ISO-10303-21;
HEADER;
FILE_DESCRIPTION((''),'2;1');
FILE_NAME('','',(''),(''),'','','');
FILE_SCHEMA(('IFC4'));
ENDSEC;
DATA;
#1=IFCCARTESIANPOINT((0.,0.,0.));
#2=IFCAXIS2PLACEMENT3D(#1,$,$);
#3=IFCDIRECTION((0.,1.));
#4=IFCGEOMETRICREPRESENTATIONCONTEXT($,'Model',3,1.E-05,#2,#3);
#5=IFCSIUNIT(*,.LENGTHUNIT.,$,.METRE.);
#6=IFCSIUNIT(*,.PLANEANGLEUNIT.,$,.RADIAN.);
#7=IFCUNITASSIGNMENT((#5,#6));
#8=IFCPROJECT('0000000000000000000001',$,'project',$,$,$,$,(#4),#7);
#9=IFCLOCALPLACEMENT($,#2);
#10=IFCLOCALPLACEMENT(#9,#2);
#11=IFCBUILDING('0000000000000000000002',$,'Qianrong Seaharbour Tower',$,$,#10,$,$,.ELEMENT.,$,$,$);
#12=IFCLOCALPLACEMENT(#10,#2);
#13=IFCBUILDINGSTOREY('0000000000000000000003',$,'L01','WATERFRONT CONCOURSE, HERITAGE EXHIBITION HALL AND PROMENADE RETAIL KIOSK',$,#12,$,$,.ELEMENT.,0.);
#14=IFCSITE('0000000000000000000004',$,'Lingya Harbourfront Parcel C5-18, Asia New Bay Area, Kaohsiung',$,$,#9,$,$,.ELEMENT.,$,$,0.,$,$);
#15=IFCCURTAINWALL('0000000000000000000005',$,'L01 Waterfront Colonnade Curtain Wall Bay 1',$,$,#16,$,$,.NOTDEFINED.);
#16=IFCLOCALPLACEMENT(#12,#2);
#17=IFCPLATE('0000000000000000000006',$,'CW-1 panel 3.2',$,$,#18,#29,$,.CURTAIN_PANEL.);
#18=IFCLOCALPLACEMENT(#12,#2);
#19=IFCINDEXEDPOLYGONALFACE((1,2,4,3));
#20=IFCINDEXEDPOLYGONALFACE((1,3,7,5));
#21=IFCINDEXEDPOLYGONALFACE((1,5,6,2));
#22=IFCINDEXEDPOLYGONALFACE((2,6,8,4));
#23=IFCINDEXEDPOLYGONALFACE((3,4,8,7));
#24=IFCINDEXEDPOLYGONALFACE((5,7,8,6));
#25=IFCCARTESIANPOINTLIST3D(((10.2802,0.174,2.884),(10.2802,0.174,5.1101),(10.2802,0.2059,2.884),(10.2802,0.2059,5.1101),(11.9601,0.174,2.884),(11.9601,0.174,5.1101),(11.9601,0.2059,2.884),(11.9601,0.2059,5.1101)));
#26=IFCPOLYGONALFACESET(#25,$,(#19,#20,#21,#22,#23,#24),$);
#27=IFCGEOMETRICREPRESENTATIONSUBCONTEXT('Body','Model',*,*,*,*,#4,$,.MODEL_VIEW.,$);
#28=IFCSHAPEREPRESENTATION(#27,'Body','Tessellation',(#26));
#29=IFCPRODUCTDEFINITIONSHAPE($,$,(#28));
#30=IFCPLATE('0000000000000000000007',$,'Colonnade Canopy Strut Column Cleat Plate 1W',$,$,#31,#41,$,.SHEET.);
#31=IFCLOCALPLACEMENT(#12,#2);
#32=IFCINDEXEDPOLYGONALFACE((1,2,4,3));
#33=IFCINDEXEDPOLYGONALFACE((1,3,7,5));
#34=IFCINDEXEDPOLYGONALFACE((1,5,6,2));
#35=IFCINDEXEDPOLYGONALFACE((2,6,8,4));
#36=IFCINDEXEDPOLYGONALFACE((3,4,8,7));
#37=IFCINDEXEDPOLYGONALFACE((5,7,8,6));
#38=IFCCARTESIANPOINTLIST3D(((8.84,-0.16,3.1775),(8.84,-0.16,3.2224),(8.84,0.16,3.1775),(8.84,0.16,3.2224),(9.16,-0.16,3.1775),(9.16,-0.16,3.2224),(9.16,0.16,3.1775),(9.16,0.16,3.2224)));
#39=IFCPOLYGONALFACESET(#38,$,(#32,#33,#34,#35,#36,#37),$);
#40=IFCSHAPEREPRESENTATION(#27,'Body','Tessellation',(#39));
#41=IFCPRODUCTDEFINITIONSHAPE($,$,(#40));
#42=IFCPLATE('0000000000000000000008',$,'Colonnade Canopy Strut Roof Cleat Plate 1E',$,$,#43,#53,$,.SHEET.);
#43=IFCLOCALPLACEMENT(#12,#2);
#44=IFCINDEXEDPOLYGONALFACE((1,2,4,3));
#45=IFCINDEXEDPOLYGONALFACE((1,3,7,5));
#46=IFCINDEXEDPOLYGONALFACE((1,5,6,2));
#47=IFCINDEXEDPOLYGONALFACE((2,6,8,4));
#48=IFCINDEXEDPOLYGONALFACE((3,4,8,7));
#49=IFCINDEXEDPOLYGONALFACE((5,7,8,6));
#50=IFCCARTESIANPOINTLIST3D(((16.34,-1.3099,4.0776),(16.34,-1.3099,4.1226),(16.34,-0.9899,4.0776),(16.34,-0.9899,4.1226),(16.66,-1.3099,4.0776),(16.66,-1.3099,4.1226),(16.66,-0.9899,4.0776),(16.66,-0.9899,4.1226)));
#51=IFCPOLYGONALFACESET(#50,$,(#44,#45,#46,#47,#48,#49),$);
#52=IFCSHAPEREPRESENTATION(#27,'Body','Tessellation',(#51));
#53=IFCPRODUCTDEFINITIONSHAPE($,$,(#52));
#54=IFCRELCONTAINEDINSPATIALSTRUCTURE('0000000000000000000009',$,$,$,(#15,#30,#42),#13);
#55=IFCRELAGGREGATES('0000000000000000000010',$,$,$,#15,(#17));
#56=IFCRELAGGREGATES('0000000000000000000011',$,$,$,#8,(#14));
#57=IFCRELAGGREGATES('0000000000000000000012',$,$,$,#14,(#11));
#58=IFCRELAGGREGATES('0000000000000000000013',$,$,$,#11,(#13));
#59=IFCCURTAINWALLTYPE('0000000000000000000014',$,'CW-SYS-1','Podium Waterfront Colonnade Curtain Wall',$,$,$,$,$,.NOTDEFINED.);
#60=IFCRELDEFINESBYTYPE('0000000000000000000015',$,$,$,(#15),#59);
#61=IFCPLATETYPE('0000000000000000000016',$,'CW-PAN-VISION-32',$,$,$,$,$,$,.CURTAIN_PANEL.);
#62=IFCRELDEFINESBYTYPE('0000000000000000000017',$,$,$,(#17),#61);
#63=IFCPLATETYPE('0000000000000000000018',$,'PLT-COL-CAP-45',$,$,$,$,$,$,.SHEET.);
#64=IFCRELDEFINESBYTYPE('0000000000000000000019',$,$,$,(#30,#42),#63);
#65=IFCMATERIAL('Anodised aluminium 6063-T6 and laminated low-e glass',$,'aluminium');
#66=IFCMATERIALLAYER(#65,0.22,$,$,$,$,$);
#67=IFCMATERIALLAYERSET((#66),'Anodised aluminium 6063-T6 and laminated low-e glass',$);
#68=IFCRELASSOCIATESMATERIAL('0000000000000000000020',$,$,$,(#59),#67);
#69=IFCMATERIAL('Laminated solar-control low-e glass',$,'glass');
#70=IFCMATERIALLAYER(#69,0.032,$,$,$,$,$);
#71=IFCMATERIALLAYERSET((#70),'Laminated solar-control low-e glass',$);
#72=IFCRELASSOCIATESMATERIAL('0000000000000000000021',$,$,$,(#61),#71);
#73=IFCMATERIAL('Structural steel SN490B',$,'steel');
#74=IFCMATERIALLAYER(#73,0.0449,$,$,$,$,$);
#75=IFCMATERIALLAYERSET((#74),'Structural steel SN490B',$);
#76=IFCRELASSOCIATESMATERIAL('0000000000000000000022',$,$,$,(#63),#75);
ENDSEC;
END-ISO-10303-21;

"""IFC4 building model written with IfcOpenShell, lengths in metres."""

from ifc_helpers import new_model, si_unit, direction, frame, origin, origin_2d, place, context, subcontext, project, spatial, rectangle, extrude, material, layer, layer_set, type_object, element, aggregate, save


model = new_model("IFC4")

# Units and contexts
model_context = context("Model", 3, precision=1e-05, world=origin(), true_north=direction((0.0, 1.0)))
body_context = subcontext(model_context, "Body", "Model", "MODEL_VIEW")
ifc_project = project(units=[si_unit("LENGTHUNIT", "METRE"), si_unit("PLANEANGLEUNIT", "RADIAN")], contexts=[model_context])

# Site, building, storey
site_placement = place(None, origin())
site = spatial("IfcSite", under=ifc_project, at=site_placement, Name="Lingya Harbourfront Parcel C5-18, Asia New Bay Area, Kaohsiung", CompositionType="ELEMENT", RefElevation=0.0)
building_placement = place(site_placement, origin())
building = spatial("IfcBuilding", under=site, at=building_placement, Name="Qianrong Seaharbour Tower", CompositionType="ELEMENT")
storey_placement = place(building_placement, origin())
storey = spatial("IfcBuildingStorey", under=building, at=storey_placement, Name="L01", Description="WATERFRONT CONCOURSE, HERITAGE EXHIBITION HALL AND PROMENADE RETAIL KIOSK", CompositionType="ELEMENT", Elevation=0.0)

# Shared definitions
ifc_material_1 = material(Name="Structural steel SN490B", Category="steel")

# Curtain wall
ifc_material_2 = material(Name="Anodised aluminium 6063-T6 and laminated low-e glass", Category="aluminium")
ifc_layer_1 = layer(ifc_material_2, 0.22)
ifc_layer_set_1 = layer_set([ifc_layer_1], Name="Anodised aluminium 6063-T6 and laminated low-e glass")
curtain_wall_type = type_object("IfcCurtainWallType", Name="CW-SYS-1", Description="Podium Waterfront Colonnade Curtain Wall", PredefinedType="NOTDEFINED", material=ifc_layer_set_1)
curtain_wall_placement = place(storey_placement, origin())
curtain_wall = element("IfcCurtainWall", 1, at=curtain_wall_placement, inside=storey, type_object=curtain_wall_type, Name="L01 Waterfront Colonnade Curtain Wall Bay 1", PredefinedType="NOTDEFINED")

# Plate
ifc_material_3 = material(Name="Laminated solar-control low-e glass", Category="glass")
ifc_layer_2 = layer(ifc_material_3, 0.032)
ifc_layer_set_2 = layer_set([ifc_layer_2], Name="Laminated solar-control low-e glass")
plate_type_1 = type_object("IfcPlateType", Name="CW-PAN-VISION-32", PredefinedType="CURTAIN_PANEL", material=ifc_layer_set_2)
plate_1_placement = place(storey_placement, frame((11.1201, 0.1899, 2.884), z_axis=(0.0, 0.0, 1.0), x_axis=(-1.0, 0.0, 0.0)))
plate_1 = element("IfcPlate", 2, at=plate_1_placement, type_object=plate_type_1, Name="CW-1 panel 3.2", PredefinedType="CURTAIN_PANEL", context=body_context, shape_type="SweptSolid", body=[
    extrude(rectangle(XDim=1.6799, YDim=0.032, at=origin_2d()), origin(), (0.0, 0.0, 1.0), 2.2261),
])
aggregate(curtain_wall, [plate_1])

# Plates
ifc_layer_3 = layer(ifc_material_1, 0.0449)
ifc_layer_set_3 = layer_set([ifc_layer_3], Name="Structural steel SN490B")
plate_type_2 = type_object("IfcPlateType", Name="PLT-COL-CAP-45", PredefinedType="SHEET", material=ifc_layer_set_3)
for number, where, z_axis, x_axis, name in (
    (3, (9.0, 0.0, 3.1775), (0.0, 0.0, 1.0), (1.0, 0.0, 0.0), "Colonnade Canopy Strut Column Cleat Plate 1W"),
    (4, (16.5, -1.1499, 4.0776), (0.0, 0.0, 1.0), (1.0, 0.0, 0.0), "Colonnade Canopy Strut Roof Cleat Plate 1E"),
):
    element("IfcPlate", number, at=place(storey_placement, frame(where, z_axis=z_axis, x_axis=x_axis)), inside=storey, type_object=plate_type_2, Name=name, PredefinedType="SHEET", context=body_context, shape_type="SweptSolid", body=[
        extrude(rectangle(XDim=0.3201, YDim=0.3201, at=origin_2d()), origin(), (0.0, 0.0, 1.0), 0.0449),
    ])

save(model, "model.ifc")
